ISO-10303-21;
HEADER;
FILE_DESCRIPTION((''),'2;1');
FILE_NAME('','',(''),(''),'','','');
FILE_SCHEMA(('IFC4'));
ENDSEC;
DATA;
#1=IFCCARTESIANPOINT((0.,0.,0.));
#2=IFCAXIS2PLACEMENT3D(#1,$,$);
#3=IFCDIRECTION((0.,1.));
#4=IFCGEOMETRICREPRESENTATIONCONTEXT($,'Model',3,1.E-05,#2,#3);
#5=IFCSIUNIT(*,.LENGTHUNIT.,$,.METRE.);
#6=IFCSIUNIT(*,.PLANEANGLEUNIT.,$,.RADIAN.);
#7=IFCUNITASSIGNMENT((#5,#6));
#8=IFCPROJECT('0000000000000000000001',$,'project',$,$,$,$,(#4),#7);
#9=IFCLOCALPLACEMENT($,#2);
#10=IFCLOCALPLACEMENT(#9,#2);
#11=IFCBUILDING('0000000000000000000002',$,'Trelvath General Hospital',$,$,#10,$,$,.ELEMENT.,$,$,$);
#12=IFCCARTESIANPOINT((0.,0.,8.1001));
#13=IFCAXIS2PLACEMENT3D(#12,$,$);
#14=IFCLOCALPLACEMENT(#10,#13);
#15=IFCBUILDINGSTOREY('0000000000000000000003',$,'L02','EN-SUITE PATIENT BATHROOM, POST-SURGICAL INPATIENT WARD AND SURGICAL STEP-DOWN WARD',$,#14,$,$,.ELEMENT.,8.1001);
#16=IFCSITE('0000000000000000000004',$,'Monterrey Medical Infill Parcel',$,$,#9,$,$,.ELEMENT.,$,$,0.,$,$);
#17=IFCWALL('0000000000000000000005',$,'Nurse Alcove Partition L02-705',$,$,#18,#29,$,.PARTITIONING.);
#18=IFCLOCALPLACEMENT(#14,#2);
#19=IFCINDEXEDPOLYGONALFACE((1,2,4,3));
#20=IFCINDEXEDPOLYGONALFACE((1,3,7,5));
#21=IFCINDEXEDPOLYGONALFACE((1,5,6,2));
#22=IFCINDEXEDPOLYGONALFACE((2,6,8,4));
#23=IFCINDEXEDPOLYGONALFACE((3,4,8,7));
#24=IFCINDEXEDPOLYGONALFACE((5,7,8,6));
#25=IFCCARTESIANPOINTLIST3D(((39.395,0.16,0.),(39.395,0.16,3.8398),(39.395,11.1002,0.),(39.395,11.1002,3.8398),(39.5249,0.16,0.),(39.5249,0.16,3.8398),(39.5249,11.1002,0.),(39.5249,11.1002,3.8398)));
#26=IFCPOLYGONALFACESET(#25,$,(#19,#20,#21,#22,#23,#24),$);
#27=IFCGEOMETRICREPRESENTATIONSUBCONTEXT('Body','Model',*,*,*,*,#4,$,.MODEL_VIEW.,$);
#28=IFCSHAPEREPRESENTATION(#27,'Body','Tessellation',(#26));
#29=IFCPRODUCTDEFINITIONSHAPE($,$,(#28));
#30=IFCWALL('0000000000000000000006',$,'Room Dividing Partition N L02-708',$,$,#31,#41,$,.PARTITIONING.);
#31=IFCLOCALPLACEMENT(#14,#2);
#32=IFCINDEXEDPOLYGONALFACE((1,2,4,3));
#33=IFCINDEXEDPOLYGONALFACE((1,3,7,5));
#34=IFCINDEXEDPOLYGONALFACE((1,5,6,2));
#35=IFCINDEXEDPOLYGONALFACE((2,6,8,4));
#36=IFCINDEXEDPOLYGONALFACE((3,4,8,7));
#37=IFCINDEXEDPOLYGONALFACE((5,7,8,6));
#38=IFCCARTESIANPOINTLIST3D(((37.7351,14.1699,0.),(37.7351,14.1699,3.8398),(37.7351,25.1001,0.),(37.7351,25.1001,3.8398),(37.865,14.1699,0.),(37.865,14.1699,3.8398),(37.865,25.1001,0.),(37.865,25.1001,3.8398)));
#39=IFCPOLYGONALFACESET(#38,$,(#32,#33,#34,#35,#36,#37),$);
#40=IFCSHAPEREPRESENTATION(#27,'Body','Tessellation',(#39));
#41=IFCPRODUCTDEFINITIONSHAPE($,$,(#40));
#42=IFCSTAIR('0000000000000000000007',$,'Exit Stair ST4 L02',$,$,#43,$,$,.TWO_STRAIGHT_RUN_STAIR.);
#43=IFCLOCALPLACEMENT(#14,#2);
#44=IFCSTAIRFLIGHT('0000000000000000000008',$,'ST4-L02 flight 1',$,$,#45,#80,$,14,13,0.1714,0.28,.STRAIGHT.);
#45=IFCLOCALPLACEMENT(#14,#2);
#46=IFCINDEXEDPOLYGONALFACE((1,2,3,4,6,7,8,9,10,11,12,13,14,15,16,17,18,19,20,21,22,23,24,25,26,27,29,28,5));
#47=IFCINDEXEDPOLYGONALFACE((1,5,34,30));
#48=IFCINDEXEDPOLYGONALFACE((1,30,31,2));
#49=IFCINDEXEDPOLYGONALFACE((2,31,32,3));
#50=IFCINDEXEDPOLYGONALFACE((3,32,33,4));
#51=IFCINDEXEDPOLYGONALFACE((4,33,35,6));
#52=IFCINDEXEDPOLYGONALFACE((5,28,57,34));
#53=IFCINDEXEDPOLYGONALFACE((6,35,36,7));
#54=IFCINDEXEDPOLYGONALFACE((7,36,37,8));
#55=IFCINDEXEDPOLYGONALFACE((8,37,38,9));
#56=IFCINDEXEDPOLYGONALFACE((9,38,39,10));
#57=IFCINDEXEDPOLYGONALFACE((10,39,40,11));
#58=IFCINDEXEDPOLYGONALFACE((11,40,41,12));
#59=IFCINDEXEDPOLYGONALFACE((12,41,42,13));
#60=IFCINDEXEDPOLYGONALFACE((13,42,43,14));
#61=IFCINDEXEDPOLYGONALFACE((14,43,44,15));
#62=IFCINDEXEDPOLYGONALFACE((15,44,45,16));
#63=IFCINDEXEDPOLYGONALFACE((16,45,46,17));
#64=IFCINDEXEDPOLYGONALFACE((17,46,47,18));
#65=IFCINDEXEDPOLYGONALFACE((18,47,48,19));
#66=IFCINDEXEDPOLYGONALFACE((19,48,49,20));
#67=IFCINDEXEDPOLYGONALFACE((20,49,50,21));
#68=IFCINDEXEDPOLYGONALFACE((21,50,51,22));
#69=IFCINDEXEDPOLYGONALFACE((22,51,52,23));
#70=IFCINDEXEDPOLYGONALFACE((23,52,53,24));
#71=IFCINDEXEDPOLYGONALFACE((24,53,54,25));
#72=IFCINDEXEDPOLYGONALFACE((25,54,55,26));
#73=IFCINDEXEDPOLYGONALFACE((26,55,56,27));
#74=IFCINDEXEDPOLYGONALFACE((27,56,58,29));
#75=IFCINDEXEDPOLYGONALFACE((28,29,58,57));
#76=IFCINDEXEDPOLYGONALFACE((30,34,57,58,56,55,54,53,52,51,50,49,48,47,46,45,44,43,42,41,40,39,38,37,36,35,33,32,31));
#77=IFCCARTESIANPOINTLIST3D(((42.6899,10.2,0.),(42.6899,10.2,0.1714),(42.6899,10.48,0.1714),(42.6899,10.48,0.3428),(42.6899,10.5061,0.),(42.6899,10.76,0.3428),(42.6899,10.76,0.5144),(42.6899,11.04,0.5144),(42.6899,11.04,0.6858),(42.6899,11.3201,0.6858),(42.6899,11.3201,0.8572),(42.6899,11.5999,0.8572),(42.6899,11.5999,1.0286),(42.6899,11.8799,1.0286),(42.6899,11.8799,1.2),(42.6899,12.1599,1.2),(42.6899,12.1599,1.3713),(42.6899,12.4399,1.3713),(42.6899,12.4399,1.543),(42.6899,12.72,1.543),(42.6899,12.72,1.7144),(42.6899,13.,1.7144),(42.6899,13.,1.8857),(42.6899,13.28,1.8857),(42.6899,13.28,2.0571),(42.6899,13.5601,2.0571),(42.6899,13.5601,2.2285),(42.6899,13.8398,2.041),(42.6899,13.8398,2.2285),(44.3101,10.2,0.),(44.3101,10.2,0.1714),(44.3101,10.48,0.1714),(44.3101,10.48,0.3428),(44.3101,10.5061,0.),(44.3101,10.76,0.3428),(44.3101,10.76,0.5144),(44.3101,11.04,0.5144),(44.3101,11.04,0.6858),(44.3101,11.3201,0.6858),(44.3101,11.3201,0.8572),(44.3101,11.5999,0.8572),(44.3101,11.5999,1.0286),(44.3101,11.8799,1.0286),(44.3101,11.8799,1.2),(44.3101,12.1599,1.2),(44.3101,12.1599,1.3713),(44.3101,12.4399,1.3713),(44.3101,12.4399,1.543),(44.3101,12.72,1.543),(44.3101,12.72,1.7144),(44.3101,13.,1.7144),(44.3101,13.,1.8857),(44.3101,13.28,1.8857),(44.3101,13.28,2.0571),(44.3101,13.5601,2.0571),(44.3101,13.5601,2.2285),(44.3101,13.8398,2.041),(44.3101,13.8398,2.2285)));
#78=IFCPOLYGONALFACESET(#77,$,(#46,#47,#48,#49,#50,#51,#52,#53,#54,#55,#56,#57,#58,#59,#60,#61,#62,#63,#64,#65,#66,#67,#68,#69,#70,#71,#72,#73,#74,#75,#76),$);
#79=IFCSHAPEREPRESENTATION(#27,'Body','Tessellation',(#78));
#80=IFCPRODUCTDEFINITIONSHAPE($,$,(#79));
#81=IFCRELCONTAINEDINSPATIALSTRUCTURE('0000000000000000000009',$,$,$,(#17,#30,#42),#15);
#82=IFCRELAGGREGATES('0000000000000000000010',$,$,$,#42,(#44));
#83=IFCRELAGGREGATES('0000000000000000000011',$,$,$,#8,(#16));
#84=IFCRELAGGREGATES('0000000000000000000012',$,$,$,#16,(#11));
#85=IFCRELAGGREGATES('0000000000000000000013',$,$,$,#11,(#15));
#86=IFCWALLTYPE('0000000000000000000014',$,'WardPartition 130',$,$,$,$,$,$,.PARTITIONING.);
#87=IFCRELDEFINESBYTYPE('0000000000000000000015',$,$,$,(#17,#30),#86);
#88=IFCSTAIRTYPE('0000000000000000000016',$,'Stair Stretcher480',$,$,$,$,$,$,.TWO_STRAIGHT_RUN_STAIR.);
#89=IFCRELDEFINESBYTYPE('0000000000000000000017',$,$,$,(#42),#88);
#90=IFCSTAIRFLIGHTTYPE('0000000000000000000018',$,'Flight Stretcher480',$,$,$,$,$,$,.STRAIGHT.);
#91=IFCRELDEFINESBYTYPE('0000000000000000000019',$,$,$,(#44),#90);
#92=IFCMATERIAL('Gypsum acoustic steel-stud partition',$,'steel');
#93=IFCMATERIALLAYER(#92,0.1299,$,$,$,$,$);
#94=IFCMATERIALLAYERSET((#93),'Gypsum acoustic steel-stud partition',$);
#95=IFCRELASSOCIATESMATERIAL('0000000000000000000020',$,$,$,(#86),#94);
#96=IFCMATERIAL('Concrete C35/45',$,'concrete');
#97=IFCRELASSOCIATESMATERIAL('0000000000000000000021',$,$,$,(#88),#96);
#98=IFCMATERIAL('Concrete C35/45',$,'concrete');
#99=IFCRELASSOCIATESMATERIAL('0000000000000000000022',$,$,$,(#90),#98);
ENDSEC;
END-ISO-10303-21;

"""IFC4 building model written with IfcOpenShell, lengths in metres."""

from ifc_helpers import new_model, si_unit, direction, frame, frame_2d, origin, place, context, subcontext, project, spatial, polyline, rectangle, outline, extrude, material, layer, layer_set, type_object, element, aggregate, save


model = new_model("IFC4")

# Units and contexts
model_context = context("Model", 3, precision=1e-05, world=origin(), true_north=direction((0.0, 1.0)))
body_context = subcontext(model_context, "Body", "Model", "MODEL_VIEW")
ifc_project = project(units=[si_unit("LENGTHUNIT", "METRE"), si_unit("PLANEANGLEUNIT", "RADIAN")], contexts=[model_context])

# Site, building, storey
site_placement = place(None, origin())
site = spatial("IfcSite", under=ifc_project, at=site_placement, Name="Monterrey Medical Infill Parcel", CompositionType="ELEMENT", RefElevation=0.0)
building_placement = place(site_placement, origin())
building = spatial("IfcBuilding", under=site, at=building_placement, Name="Trelvath General Hospital", CompositionType="ELEMENT")
storey_placement = place(building_placement, frame((0.0, 0.0, 8.1001)))
storey = spatial("IfcBuildingStorey", under=building, at=storey_placement, Name="L02", Description="EN-SUITE PATIENT BATHROOM, POST-SURGICAL INPATIENT WARD AND SURGICAL STEP-DOWN WARD", CompositionType="ELEMENT", Elevation=8.1001)

# Walls
ifc_material_1 = material(Name="Gypsum acoustic steel-stud partition", Category="steel")
ifc_layer_1 = layer(ifc_material_1, 0.1299)
ifc_layer_set_1 = layer_set([ifc_layer_1], Name="Gypsum acoustic steel-stud partition")
wall_type_1 = type_object("IfcWallType", Name="WardPartition 130", PredefinedType="PARTITIONING", material=ifc_layer_set_1)
wall_1_placement = place(storey_placement, frame((39.46, 0.1599, 0.0), z_axis=(0.0, 0.0, 1.0), x_axis=(0.0, 1.0, 0.0)))
element("IfcWall", 1, at=wall_1_placement, inside=storey, type_object=wall_type_1, Name="Nurse Alcove Partition L02-705", PredefinedType="PARTITIONING", context=body_context, shape_type="SweptSolid", body=[
    extrude(rectangle(XDim=10.9402, YDim=0.1299, at=frame_2d((5.4702, 0.0))), origin(), (0.0, 0.0, 1.0), 3.8398),
])
wall_2_placement = place(storey_placement, frame((37.8, 14.1699, 0.0), z_axis=(0.0, 0.0, 1.0), x_axis=(0.0, 1.0, 0.0)))
element("IfcWall", 2, at=wall_2_placement, inside=storey, type_object=wall_type_1, Name="Room Dividing Partition N L02-708", PredefinedType="PARTITIONING", context=body_context, shape_type="SweptSolid", body=[
    extrude(rectangle(XDim=10.9302, YDim=0.1299, at=frame_2d((5.4651, 0.0))), origin(), (0.0, 0.0, 1.0), 3.8398),
])

# Stair, stair flight
ifc_material_2 = material(Name="Concrete C35/45", Category="concrete")
stair_type = type_object("IfcStairType", Name="Stair Stretcher480", PredefinedType="TWO_STRAIGHT_RUN_STAIR", material=ifc_material_2)
stair_placement = place(storey_placement, origin())
stair = element("IfcStair", 3, at=stair_placement, inside=storey, type_object=stair_type, Name="Exit Stair ST4 L02", PredefinedType="TWO_STRAIGHT_RUN_STAIR")
ifc_material_3 = material(Name="Concrete C35/45", Category="concrete")
stair_flight_type = type_object("IfcStairFlightType", Name="Flight Stretcher480", PredefinedType="STRAIGHT", material=ifc_material_3)
stair_flight_placement = place(storey_placement, frame((43.5, 10.2, 0.0), z_axis=(0.0, 0.0, 1.0), x_axis=(0.0, 1.0, 0.0)))
stair_flight = element("IfcStairFlight", 4, at=stair_flight_placement, type_object=stair_flight_type, Name="ST4-L02 flight 1", NumberOfRisers=14, NumberOfTreads=13, PredefinedType="STRAIGHT", RiserHeight=0.1714, TreadLength=0.28, context=body_context, shape_type="SweptSolid", body=[
    extrude(outline(polyline([(0.0, 0.0), (0.0, 0.1714), (0.28, 0.1714), (0.28, 0.3428), (0.5601, 0.3428), (0.5601, 0.5144), (0.8401, 0.5144), (0.8401, 0.6858), (1.1201, 0.6858), (1.1201, 0.8572), (1.3999, 0.8572), (1.3999, 1.0286), (1.6799, 1.0286), (1.6799, 1.2), (1.96, 1.2), (1.96, 1.3713), (2.24, 1.3713), (2.24, 1.543), (2.52, 1.543), (2.52, 1.7144), (2.8, 1.7144), (2.8, 1.8857), (3.0801, 1.8857), (3.0801, 2.0571), (3.3601, 2.0571), (3.3601, 2.2285), (3.6399, 2.2285), (3.6399, 2.3999), (3.6399, 2.041), (0.3062, 0.0), (0.0, 0.0)])), frame((0.0, 0.8101, 0.0), z_axis=(0.0, -1.0, 0.0), x_axis=(1.0, 0.0, 0.0)), (0.0, 0.0, 1.0), 1.6201),
])
aggregate(stair, [stair_flight])

save(model, "model.ifc")
